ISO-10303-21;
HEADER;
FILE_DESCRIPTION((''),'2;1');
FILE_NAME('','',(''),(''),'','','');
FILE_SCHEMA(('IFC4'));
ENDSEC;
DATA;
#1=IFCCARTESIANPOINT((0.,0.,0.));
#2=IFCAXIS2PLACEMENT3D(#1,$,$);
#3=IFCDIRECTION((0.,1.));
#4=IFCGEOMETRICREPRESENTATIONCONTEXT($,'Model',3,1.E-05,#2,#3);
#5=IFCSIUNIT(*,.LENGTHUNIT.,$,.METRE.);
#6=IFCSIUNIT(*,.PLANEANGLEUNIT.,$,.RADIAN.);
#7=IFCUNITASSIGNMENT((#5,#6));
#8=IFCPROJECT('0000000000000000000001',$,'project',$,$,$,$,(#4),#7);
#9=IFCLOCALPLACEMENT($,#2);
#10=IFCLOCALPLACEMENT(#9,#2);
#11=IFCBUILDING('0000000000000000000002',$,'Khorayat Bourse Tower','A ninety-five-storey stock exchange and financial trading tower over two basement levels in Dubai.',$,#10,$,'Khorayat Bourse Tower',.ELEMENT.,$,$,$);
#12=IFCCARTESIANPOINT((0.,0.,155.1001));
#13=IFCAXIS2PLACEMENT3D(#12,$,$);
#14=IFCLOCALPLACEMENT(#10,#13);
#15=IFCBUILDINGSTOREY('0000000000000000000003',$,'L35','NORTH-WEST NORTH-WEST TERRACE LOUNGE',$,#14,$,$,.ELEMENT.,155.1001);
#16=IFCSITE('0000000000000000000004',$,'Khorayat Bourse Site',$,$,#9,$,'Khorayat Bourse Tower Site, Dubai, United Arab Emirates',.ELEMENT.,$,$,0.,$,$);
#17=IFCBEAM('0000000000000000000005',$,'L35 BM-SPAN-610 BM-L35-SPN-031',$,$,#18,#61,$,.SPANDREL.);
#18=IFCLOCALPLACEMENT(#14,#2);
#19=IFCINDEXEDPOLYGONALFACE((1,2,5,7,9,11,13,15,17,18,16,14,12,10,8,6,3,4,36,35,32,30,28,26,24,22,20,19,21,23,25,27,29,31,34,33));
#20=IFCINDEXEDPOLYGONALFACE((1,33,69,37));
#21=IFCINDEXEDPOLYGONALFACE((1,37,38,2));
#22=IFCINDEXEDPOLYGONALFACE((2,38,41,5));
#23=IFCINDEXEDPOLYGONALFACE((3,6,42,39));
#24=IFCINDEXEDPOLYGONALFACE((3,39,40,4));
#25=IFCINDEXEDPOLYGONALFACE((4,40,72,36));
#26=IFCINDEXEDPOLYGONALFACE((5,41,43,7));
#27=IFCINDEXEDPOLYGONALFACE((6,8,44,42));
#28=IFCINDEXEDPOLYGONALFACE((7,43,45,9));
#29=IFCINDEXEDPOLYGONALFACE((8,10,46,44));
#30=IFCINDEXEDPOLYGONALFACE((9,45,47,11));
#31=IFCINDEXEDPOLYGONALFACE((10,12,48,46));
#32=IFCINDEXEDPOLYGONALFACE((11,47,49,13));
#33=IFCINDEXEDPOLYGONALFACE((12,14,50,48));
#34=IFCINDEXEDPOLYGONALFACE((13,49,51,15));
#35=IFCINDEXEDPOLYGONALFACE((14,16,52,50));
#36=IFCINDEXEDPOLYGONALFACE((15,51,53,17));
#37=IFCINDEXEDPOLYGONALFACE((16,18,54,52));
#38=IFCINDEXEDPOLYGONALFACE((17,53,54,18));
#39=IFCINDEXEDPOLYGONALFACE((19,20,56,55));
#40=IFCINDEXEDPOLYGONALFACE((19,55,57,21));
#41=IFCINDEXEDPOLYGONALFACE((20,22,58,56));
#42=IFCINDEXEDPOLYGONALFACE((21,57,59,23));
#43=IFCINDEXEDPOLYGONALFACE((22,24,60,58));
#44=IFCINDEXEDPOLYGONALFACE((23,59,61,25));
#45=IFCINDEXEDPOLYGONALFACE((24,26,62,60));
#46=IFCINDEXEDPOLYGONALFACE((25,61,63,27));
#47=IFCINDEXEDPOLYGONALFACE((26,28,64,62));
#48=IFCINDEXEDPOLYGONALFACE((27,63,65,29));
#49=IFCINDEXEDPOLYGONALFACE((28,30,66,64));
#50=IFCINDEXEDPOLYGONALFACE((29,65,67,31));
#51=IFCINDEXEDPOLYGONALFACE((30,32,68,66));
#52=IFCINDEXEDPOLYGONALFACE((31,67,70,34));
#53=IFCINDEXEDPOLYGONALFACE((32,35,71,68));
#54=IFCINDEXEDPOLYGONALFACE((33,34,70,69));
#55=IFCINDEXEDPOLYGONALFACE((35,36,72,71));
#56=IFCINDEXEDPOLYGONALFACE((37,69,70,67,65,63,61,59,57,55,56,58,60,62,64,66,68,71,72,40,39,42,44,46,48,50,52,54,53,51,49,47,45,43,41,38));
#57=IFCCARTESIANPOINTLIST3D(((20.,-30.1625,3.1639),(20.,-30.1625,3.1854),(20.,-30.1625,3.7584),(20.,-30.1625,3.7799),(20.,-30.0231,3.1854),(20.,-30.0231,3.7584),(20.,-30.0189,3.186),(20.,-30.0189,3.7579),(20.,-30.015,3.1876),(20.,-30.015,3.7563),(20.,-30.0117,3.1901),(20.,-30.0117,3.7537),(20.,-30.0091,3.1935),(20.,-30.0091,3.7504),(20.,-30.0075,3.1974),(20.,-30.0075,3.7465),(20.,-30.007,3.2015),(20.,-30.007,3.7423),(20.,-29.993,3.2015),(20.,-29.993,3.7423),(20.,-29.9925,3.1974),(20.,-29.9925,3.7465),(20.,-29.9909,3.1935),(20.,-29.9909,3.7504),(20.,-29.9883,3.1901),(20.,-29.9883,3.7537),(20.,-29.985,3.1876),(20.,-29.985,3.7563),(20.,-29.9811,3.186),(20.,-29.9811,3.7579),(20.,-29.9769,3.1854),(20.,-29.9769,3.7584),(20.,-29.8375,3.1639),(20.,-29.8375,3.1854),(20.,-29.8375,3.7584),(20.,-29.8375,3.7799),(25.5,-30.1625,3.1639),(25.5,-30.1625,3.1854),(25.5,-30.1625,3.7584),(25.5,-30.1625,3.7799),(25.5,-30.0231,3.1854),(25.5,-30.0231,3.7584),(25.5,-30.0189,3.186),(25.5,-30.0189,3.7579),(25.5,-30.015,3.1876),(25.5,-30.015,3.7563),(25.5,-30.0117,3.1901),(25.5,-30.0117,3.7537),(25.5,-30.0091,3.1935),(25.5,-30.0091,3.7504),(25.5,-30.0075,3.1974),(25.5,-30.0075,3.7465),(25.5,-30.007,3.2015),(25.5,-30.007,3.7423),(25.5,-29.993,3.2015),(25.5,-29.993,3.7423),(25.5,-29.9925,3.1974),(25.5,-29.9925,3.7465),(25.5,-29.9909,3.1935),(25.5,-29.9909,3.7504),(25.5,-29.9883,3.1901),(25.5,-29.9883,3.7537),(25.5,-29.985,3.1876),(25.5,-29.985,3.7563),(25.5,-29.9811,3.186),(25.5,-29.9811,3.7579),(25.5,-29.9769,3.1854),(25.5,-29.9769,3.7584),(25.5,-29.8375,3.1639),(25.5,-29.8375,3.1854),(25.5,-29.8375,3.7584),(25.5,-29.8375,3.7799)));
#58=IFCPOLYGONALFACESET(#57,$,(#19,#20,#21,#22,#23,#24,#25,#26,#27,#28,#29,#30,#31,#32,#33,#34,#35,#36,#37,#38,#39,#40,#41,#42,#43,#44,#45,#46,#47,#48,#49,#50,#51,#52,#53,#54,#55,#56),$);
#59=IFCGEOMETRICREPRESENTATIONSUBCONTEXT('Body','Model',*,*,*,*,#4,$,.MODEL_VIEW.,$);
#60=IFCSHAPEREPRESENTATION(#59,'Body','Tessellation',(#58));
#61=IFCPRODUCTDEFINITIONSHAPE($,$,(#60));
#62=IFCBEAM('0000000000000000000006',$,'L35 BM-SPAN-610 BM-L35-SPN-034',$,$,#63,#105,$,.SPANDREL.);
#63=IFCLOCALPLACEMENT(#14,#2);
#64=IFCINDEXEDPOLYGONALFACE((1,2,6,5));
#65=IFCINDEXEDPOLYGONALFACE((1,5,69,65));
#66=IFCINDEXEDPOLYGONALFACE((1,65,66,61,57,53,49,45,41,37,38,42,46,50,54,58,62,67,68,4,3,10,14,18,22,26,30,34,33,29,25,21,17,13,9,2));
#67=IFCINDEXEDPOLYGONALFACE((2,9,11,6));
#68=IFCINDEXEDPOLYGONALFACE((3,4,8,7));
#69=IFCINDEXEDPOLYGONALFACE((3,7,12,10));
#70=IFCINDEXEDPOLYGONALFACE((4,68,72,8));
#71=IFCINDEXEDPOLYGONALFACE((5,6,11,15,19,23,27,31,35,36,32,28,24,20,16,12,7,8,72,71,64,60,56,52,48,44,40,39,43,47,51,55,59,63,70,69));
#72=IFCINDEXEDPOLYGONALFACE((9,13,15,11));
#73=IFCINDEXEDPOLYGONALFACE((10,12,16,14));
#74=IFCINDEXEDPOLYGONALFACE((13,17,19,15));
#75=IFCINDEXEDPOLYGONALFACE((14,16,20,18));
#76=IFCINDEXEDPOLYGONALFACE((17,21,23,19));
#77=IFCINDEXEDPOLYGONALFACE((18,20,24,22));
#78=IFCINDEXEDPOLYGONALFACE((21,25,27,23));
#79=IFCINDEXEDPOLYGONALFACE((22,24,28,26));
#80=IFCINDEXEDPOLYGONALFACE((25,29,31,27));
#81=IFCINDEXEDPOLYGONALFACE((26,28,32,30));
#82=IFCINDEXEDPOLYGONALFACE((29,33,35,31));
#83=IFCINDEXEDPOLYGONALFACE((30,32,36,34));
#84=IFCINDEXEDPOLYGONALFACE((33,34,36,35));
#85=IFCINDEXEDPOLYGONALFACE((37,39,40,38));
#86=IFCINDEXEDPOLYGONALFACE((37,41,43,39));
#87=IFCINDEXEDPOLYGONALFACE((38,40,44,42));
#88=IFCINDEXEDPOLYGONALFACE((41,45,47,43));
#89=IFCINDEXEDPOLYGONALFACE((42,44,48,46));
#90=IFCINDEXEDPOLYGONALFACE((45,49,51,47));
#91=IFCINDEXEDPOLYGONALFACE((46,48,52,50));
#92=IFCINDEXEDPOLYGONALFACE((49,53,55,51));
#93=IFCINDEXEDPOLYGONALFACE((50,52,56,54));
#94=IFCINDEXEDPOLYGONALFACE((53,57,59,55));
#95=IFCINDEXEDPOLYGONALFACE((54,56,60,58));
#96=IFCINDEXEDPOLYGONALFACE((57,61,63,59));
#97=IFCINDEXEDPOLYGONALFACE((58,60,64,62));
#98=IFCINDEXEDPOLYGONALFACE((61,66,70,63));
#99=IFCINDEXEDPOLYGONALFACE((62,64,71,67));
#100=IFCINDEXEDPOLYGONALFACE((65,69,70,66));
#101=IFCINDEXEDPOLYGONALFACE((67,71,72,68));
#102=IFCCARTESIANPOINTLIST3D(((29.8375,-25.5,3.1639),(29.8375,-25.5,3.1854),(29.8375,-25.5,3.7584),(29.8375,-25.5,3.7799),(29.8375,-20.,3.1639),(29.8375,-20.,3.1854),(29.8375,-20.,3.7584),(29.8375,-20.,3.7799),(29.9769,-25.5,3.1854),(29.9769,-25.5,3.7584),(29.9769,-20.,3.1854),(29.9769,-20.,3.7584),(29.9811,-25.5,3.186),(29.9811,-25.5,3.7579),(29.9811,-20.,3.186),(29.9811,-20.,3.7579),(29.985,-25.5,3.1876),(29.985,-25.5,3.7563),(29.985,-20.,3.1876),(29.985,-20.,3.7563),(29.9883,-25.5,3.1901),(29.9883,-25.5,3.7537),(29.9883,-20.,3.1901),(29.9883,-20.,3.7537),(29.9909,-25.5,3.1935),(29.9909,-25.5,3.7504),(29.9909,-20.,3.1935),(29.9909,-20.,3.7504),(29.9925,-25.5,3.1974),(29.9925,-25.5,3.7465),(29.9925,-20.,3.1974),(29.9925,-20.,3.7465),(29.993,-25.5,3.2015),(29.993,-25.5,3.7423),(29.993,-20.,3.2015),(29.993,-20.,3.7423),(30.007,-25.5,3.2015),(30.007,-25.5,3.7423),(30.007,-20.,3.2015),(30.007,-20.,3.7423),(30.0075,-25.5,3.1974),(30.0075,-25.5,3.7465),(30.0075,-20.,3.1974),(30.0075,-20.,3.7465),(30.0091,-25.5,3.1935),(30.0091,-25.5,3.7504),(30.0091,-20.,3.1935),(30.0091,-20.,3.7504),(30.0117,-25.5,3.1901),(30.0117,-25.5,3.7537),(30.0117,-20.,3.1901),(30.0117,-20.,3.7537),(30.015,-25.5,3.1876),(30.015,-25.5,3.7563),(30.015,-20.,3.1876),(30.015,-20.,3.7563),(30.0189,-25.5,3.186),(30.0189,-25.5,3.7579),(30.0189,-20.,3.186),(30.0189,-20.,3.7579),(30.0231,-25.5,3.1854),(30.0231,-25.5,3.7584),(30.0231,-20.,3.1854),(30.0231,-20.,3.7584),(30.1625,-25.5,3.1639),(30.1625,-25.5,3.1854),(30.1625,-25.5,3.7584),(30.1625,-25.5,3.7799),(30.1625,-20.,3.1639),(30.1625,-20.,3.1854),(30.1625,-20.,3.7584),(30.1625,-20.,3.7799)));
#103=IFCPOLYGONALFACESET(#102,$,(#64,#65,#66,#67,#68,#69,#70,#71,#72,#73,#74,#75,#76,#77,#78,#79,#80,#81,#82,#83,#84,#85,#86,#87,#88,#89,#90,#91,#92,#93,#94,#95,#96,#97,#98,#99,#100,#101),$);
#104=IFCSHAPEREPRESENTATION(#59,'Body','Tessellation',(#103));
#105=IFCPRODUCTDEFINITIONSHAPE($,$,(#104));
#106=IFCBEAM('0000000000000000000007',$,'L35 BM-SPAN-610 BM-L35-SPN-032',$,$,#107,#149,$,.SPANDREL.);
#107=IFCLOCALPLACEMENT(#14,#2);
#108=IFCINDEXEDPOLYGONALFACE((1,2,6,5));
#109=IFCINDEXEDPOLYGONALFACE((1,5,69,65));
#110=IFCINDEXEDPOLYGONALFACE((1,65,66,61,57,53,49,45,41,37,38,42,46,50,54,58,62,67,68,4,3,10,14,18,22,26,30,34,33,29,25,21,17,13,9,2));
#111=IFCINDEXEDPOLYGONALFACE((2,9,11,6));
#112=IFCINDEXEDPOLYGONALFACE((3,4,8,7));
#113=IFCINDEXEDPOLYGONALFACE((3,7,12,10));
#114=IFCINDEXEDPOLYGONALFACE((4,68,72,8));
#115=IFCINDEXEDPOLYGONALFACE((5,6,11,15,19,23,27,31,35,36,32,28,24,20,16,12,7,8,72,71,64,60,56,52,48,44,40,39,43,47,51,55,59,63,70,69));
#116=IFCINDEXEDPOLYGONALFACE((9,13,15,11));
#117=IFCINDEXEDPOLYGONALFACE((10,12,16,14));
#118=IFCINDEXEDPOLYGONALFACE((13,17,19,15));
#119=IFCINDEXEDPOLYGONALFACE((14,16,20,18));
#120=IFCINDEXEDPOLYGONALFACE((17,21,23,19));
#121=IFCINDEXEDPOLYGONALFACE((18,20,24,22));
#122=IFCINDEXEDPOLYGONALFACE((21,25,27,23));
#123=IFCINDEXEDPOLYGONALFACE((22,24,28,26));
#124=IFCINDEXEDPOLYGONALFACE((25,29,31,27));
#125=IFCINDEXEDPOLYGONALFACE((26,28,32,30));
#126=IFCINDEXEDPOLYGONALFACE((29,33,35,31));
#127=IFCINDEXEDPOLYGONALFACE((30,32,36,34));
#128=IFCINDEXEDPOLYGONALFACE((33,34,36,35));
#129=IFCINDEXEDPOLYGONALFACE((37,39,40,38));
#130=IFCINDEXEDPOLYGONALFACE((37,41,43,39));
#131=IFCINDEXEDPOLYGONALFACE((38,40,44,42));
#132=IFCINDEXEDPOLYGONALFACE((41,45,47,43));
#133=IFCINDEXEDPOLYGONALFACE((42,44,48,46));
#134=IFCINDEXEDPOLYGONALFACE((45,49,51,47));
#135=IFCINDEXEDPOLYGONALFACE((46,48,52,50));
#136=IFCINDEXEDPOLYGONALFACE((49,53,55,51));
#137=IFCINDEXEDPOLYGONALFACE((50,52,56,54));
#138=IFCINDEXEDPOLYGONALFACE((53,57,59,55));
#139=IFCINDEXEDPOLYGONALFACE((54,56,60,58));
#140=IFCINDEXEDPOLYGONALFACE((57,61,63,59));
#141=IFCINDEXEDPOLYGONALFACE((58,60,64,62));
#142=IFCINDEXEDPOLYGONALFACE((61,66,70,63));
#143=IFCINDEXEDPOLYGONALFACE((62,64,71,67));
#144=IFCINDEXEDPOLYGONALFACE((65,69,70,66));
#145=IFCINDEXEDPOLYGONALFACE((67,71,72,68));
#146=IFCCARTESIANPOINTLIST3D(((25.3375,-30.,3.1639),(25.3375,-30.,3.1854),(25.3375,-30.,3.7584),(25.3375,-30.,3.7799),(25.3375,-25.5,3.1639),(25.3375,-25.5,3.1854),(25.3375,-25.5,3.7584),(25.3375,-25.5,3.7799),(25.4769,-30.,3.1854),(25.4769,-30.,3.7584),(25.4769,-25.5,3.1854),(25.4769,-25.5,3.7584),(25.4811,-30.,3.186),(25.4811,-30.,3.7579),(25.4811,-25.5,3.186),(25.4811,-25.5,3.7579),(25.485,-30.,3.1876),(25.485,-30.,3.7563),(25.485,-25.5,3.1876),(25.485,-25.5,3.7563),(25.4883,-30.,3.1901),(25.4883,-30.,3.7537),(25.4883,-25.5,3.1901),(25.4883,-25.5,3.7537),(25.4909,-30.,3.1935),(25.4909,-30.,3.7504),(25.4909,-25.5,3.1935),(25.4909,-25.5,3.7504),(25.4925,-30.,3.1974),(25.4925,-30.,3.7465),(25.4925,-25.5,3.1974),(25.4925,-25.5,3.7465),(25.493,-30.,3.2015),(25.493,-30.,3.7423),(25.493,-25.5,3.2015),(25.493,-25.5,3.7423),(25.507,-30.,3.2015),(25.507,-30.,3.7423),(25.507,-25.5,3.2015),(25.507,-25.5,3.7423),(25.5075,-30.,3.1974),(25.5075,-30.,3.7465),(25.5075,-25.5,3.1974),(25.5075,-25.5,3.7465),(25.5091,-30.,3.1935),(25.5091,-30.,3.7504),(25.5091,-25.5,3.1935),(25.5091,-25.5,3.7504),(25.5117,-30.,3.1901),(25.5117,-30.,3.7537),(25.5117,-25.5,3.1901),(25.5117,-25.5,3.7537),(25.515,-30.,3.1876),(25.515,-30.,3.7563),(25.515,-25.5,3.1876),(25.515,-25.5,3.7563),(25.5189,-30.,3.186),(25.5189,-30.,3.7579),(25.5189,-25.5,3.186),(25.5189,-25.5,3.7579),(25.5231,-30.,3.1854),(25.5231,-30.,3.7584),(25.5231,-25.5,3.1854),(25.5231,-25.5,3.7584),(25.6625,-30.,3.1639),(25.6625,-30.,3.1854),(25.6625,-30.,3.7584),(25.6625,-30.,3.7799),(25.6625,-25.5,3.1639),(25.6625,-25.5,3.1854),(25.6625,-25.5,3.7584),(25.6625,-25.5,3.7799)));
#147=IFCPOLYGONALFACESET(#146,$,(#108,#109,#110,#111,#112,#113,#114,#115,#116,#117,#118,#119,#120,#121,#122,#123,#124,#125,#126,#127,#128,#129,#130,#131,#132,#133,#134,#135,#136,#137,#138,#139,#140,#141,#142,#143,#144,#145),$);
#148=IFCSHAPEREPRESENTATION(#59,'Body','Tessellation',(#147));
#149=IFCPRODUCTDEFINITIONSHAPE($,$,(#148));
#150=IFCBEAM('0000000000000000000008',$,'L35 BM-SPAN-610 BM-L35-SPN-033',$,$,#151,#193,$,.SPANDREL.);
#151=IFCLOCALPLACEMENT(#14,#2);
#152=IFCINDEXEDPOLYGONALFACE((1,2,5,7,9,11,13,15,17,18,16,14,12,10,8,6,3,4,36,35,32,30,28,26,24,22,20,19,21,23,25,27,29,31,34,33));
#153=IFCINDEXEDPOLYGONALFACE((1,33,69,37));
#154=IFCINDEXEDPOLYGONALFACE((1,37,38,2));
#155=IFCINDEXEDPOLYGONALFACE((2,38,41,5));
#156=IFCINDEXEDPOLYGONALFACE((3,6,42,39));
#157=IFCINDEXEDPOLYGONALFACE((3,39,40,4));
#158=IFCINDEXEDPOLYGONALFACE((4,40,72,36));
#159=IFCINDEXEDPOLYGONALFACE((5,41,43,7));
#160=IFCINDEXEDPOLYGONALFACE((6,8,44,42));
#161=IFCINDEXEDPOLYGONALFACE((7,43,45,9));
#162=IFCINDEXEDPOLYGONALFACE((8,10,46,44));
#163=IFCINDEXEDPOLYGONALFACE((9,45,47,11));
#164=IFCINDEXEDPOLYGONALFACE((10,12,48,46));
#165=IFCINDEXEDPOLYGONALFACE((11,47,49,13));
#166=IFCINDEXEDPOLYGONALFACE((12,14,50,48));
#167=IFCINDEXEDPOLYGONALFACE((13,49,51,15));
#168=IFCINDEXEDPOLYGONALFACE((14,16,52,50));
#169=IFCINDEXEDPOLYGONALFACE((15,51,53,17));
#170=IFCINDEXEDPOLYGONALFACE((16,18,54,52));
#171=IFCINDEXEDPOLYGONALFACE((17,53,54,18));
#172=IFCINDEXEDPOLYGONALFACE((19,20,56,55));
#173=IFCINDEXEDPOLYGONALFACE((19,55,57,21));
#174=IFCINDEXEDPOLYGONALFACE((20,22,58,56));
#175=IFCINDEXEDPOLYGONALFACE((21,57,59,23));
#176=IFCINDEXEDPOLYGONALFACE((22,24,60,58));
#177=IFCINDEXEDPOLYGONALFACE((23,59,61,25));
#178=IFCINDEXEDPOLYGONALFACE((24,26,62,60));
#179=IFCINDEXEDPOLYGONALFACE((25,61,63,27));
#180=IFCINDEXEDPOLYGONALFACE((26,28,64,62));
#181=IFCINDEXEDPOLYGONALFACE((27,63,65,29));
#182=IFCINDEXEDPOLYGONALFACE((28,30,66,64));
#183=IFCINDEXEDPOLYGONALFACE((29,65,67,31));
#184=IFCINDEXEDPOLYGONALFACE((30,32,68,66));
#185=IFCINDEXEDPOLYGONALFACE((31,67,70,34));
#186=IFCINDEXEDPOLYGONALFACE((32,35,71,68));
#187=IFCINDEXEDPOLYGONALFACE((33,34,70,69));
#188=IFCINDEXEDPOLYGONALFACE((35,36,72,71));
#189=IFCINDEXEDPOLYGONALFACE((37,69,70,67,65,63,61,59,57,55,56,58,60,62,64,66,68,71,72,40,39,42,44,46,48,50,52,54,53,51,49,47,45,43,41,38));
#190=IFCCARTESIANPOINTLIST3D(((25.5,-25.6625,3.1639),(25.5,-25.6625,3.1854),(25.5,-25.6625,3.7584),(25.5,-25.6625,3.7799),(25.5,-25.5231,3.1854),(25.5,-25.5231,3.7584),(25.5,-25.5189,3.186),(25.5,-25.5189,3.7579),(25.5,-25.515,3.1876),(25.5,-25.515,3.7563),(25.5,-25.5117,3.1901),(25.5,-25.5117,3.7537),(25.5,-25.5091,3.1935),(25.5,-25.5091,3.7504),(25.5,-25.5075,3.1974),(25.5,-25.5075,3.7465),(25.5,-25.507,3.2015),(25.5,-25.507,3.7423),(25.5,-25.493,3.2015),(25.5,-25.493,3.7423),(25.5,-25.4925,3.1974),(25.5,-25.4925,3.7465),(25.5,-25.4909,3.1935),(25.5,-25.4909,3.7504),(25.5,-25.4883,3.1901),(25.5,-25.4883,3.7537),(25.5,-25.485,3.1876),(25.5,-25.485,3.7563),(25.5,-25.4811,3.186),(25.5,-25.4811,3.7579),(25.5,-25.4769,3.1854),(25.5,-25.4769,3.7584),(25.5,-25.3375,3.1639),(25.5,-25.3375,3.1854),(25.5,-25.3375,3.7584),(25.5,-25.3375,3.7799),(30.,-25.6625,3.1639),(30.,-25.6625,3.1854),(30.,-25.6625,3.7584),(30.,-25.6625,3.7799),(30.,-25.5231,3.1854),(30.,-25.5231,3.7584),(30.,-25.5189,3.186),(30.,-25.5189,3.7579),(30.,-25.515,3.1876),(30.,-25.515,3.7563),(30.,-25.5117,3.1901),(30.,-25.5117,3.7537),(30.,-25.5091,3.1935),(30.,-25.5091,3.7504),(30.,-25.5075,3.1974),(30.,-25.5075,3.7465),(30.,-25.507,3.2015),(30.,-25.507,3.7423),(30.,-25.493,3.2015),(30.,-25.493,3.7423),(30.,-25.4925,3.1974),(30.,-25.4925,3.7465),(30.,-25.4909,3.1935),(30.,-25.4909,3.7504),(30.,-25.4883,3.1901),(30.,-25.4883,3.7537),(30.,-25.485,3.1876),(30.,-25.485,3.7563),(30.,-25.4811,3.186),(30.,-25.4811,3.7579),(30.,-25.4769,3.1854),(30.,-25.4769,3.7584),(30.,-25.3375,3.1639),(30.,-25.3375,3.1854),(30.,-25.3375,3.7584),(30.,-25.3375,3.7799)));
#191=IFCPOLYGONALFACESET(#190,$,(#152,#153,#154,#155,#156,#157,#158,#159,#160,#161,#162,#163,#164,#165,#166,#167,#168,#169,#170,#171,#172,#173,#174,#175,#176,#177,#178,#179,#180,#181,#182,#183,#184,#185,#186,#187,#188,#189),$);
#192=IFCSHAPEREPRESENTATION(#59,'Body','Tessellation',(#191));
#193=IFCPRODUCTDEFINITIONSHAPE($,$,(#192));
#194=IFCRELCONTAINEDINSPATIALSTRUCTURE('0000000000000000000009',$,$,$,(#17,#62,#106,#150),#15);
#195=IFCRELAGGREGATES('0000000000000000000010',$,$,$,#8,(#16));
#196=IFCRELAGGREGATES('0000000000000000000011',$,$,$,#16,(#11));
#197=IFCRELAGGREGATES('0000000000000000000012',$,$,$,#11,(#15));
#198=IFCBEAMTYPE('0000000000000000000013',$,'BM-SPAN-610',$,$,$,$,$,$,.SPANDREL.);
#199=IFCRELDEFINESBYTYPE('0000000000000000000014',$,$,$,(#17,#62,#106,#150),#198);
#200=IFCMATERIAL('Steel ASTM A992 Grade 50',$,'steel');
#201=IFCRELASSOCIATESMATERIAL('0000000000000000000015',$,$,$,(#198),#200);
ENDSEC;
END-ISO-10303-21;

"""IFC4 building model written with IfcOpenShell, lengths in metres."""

from ifc_helpers import new_model, si_unit, direction, frame, origin, origin_2d, place, context, subcontext, project, spatial, i_section, extrude, source, transform, mapped, material, material_profile, profile_set, type_object, element, save


model = new_model("IFC4")

# Units and contexts
model_context = context("Model", 3, precision=1e-05, world=origin(), true_north=direction((0.0, 1.0)))
body_context = subcontext(model_context, "Body", "Model", "MODEL_VIEW")
ifc_project = project(units=[si_unit("LENGTHUNIT", "METRE"), si_unit("PLANEANGLEUNIT", "RADIAN")], contexts=[model_context])

# Site, building, storey
site_placement = place(None, origin())
site = spatial("IfcSite", under=ifc_project, at=site_placement, Name="Khorayat Bourse Site", LongName="Khorayat Bourse Tower Site, Dubai, United Arab Emirates", CompositionType="ELEMENT", RefElevation=0.0)
building_placement = place(site_placement, origin())
building = spatial("IfcBuilding", under=site, at=building_placement, Name="Khorayat Bourse Tower", Description="A ninety-five-storey stock exchange and financial trading tower over two basement levels in Dubai.", LongName="Khorayat Bourse Tower", CompositionType="ELEMENT")
storey_placement = place(building_placement, frame((0.0, 0.0, 155.1001)))
storey = spatial("IfcBuildingStorey", under=building, at=storey_placement, Name="L35", Description="NORTH-WEST NORTH-WEST TERRACE LOUNGE", CompositionType="ELEMENT", Elevation=155.1001)

# Beams
ifc_material_1 = material(Name="Steel ASTM A992 Grade 50", Category="steel")
ifc_material_profile_1 = material_profile(ifc_material_1, i_section(OverallWidth=0.325, OverallDepth=0.616, WebThickness=0.0139, FlangeThickness=0.0215, FilletRadius=0.0161, at=origin_2d()), Name="W610X174")
ifc_profile_set_1 = profile_set([ifc_material_profile_1], Name="Steel ASTM A992 Grade 50")
beam_type_1 = type_object("IfcBeamType", Name="BM-SPAN-610", PredefinedType="SPANDREL", material=ifc_profile_set_1)
shared_shape_1 = source(origin(), body_context, "Body", "SweptSolid", [
    extrude(i_section(OverallWidth=0.325, OverallDepth=0.616, WebThickness=0.0139, FlangeThickness=0.0215, FilletRadius=0.0161, at=origin_2d()), origin(), (0.0, 0.0, 1.0), 5.5),
])
for number, where, z_axis, x_axis, name in (
    (1, (20.0, -30.0, 3.4719), (1.0, 0.0, 0.0), (0.0, 1.0, 0.0), "L35 BM-SPAN-610 BM-L35-SPN-031"),
    (2, (30.0, -25.5, 3.4719), (0.0, 1.0, 0.0), (-1.0, 0.0, 0.0), "L35 BM-SPAN-610 BM-L35-SPN-034"),
):
    element("IfcBeam", number, at=place(storey_placement, frame(where, z_axis=z_axis, x_axis=x_axis)), inside=storey, type_object=beam_type_1, Name=name, PredefinedType="SPANDREL", context=body_context, shape_type="MappedRepresentation", body=[
        mapped(shared_shape_1, transform((0.0, 0.0, 0.0), scale=1.0)),
    ])
shared_shape_2 = source(origin(), body_context, "Body", "SweptSolid", [
    extrude(i_section(OverallWidth=0.325, OverallDepth=0.616, WebThickness=0.0139, FlangeThickness=0.0215, FilletRadius=0.0161, at=origin_2d()), origin(), (0.0, 0.0, 1.0), 4.5),
])
for number, where, z_axis, x_axis, name in (
    (3, (25.5, -30.0, 3.4719), (0.0, 1.0, 0.0), (-1.0, 0.0, 0.0), "L35 BM-SPAN-610 BM-L35-SPN-032"),
    (4, (25.5, -25.5, 3.4719), (1.0, 0.0, 0.0), (0.0, 1.0, 0.0), "L35 BM-SPAN-610 BM-L35-SPN-033"),
):
    element("IfcBeam", number, at=place(storey_placement, frame(where, z_axis=z_axis, x_axis=x_axis)), inside=storey, type_object=beam_type_1, Name=name, PredefinedType="SPANDREL", context=body_context, shape_type="MappedRepresentation", body=[
        mapped(shared_shape_2, transform((0.0, 0.0, 0.0), scale=1.0)),
    ])

save(model, "model.ifc")
